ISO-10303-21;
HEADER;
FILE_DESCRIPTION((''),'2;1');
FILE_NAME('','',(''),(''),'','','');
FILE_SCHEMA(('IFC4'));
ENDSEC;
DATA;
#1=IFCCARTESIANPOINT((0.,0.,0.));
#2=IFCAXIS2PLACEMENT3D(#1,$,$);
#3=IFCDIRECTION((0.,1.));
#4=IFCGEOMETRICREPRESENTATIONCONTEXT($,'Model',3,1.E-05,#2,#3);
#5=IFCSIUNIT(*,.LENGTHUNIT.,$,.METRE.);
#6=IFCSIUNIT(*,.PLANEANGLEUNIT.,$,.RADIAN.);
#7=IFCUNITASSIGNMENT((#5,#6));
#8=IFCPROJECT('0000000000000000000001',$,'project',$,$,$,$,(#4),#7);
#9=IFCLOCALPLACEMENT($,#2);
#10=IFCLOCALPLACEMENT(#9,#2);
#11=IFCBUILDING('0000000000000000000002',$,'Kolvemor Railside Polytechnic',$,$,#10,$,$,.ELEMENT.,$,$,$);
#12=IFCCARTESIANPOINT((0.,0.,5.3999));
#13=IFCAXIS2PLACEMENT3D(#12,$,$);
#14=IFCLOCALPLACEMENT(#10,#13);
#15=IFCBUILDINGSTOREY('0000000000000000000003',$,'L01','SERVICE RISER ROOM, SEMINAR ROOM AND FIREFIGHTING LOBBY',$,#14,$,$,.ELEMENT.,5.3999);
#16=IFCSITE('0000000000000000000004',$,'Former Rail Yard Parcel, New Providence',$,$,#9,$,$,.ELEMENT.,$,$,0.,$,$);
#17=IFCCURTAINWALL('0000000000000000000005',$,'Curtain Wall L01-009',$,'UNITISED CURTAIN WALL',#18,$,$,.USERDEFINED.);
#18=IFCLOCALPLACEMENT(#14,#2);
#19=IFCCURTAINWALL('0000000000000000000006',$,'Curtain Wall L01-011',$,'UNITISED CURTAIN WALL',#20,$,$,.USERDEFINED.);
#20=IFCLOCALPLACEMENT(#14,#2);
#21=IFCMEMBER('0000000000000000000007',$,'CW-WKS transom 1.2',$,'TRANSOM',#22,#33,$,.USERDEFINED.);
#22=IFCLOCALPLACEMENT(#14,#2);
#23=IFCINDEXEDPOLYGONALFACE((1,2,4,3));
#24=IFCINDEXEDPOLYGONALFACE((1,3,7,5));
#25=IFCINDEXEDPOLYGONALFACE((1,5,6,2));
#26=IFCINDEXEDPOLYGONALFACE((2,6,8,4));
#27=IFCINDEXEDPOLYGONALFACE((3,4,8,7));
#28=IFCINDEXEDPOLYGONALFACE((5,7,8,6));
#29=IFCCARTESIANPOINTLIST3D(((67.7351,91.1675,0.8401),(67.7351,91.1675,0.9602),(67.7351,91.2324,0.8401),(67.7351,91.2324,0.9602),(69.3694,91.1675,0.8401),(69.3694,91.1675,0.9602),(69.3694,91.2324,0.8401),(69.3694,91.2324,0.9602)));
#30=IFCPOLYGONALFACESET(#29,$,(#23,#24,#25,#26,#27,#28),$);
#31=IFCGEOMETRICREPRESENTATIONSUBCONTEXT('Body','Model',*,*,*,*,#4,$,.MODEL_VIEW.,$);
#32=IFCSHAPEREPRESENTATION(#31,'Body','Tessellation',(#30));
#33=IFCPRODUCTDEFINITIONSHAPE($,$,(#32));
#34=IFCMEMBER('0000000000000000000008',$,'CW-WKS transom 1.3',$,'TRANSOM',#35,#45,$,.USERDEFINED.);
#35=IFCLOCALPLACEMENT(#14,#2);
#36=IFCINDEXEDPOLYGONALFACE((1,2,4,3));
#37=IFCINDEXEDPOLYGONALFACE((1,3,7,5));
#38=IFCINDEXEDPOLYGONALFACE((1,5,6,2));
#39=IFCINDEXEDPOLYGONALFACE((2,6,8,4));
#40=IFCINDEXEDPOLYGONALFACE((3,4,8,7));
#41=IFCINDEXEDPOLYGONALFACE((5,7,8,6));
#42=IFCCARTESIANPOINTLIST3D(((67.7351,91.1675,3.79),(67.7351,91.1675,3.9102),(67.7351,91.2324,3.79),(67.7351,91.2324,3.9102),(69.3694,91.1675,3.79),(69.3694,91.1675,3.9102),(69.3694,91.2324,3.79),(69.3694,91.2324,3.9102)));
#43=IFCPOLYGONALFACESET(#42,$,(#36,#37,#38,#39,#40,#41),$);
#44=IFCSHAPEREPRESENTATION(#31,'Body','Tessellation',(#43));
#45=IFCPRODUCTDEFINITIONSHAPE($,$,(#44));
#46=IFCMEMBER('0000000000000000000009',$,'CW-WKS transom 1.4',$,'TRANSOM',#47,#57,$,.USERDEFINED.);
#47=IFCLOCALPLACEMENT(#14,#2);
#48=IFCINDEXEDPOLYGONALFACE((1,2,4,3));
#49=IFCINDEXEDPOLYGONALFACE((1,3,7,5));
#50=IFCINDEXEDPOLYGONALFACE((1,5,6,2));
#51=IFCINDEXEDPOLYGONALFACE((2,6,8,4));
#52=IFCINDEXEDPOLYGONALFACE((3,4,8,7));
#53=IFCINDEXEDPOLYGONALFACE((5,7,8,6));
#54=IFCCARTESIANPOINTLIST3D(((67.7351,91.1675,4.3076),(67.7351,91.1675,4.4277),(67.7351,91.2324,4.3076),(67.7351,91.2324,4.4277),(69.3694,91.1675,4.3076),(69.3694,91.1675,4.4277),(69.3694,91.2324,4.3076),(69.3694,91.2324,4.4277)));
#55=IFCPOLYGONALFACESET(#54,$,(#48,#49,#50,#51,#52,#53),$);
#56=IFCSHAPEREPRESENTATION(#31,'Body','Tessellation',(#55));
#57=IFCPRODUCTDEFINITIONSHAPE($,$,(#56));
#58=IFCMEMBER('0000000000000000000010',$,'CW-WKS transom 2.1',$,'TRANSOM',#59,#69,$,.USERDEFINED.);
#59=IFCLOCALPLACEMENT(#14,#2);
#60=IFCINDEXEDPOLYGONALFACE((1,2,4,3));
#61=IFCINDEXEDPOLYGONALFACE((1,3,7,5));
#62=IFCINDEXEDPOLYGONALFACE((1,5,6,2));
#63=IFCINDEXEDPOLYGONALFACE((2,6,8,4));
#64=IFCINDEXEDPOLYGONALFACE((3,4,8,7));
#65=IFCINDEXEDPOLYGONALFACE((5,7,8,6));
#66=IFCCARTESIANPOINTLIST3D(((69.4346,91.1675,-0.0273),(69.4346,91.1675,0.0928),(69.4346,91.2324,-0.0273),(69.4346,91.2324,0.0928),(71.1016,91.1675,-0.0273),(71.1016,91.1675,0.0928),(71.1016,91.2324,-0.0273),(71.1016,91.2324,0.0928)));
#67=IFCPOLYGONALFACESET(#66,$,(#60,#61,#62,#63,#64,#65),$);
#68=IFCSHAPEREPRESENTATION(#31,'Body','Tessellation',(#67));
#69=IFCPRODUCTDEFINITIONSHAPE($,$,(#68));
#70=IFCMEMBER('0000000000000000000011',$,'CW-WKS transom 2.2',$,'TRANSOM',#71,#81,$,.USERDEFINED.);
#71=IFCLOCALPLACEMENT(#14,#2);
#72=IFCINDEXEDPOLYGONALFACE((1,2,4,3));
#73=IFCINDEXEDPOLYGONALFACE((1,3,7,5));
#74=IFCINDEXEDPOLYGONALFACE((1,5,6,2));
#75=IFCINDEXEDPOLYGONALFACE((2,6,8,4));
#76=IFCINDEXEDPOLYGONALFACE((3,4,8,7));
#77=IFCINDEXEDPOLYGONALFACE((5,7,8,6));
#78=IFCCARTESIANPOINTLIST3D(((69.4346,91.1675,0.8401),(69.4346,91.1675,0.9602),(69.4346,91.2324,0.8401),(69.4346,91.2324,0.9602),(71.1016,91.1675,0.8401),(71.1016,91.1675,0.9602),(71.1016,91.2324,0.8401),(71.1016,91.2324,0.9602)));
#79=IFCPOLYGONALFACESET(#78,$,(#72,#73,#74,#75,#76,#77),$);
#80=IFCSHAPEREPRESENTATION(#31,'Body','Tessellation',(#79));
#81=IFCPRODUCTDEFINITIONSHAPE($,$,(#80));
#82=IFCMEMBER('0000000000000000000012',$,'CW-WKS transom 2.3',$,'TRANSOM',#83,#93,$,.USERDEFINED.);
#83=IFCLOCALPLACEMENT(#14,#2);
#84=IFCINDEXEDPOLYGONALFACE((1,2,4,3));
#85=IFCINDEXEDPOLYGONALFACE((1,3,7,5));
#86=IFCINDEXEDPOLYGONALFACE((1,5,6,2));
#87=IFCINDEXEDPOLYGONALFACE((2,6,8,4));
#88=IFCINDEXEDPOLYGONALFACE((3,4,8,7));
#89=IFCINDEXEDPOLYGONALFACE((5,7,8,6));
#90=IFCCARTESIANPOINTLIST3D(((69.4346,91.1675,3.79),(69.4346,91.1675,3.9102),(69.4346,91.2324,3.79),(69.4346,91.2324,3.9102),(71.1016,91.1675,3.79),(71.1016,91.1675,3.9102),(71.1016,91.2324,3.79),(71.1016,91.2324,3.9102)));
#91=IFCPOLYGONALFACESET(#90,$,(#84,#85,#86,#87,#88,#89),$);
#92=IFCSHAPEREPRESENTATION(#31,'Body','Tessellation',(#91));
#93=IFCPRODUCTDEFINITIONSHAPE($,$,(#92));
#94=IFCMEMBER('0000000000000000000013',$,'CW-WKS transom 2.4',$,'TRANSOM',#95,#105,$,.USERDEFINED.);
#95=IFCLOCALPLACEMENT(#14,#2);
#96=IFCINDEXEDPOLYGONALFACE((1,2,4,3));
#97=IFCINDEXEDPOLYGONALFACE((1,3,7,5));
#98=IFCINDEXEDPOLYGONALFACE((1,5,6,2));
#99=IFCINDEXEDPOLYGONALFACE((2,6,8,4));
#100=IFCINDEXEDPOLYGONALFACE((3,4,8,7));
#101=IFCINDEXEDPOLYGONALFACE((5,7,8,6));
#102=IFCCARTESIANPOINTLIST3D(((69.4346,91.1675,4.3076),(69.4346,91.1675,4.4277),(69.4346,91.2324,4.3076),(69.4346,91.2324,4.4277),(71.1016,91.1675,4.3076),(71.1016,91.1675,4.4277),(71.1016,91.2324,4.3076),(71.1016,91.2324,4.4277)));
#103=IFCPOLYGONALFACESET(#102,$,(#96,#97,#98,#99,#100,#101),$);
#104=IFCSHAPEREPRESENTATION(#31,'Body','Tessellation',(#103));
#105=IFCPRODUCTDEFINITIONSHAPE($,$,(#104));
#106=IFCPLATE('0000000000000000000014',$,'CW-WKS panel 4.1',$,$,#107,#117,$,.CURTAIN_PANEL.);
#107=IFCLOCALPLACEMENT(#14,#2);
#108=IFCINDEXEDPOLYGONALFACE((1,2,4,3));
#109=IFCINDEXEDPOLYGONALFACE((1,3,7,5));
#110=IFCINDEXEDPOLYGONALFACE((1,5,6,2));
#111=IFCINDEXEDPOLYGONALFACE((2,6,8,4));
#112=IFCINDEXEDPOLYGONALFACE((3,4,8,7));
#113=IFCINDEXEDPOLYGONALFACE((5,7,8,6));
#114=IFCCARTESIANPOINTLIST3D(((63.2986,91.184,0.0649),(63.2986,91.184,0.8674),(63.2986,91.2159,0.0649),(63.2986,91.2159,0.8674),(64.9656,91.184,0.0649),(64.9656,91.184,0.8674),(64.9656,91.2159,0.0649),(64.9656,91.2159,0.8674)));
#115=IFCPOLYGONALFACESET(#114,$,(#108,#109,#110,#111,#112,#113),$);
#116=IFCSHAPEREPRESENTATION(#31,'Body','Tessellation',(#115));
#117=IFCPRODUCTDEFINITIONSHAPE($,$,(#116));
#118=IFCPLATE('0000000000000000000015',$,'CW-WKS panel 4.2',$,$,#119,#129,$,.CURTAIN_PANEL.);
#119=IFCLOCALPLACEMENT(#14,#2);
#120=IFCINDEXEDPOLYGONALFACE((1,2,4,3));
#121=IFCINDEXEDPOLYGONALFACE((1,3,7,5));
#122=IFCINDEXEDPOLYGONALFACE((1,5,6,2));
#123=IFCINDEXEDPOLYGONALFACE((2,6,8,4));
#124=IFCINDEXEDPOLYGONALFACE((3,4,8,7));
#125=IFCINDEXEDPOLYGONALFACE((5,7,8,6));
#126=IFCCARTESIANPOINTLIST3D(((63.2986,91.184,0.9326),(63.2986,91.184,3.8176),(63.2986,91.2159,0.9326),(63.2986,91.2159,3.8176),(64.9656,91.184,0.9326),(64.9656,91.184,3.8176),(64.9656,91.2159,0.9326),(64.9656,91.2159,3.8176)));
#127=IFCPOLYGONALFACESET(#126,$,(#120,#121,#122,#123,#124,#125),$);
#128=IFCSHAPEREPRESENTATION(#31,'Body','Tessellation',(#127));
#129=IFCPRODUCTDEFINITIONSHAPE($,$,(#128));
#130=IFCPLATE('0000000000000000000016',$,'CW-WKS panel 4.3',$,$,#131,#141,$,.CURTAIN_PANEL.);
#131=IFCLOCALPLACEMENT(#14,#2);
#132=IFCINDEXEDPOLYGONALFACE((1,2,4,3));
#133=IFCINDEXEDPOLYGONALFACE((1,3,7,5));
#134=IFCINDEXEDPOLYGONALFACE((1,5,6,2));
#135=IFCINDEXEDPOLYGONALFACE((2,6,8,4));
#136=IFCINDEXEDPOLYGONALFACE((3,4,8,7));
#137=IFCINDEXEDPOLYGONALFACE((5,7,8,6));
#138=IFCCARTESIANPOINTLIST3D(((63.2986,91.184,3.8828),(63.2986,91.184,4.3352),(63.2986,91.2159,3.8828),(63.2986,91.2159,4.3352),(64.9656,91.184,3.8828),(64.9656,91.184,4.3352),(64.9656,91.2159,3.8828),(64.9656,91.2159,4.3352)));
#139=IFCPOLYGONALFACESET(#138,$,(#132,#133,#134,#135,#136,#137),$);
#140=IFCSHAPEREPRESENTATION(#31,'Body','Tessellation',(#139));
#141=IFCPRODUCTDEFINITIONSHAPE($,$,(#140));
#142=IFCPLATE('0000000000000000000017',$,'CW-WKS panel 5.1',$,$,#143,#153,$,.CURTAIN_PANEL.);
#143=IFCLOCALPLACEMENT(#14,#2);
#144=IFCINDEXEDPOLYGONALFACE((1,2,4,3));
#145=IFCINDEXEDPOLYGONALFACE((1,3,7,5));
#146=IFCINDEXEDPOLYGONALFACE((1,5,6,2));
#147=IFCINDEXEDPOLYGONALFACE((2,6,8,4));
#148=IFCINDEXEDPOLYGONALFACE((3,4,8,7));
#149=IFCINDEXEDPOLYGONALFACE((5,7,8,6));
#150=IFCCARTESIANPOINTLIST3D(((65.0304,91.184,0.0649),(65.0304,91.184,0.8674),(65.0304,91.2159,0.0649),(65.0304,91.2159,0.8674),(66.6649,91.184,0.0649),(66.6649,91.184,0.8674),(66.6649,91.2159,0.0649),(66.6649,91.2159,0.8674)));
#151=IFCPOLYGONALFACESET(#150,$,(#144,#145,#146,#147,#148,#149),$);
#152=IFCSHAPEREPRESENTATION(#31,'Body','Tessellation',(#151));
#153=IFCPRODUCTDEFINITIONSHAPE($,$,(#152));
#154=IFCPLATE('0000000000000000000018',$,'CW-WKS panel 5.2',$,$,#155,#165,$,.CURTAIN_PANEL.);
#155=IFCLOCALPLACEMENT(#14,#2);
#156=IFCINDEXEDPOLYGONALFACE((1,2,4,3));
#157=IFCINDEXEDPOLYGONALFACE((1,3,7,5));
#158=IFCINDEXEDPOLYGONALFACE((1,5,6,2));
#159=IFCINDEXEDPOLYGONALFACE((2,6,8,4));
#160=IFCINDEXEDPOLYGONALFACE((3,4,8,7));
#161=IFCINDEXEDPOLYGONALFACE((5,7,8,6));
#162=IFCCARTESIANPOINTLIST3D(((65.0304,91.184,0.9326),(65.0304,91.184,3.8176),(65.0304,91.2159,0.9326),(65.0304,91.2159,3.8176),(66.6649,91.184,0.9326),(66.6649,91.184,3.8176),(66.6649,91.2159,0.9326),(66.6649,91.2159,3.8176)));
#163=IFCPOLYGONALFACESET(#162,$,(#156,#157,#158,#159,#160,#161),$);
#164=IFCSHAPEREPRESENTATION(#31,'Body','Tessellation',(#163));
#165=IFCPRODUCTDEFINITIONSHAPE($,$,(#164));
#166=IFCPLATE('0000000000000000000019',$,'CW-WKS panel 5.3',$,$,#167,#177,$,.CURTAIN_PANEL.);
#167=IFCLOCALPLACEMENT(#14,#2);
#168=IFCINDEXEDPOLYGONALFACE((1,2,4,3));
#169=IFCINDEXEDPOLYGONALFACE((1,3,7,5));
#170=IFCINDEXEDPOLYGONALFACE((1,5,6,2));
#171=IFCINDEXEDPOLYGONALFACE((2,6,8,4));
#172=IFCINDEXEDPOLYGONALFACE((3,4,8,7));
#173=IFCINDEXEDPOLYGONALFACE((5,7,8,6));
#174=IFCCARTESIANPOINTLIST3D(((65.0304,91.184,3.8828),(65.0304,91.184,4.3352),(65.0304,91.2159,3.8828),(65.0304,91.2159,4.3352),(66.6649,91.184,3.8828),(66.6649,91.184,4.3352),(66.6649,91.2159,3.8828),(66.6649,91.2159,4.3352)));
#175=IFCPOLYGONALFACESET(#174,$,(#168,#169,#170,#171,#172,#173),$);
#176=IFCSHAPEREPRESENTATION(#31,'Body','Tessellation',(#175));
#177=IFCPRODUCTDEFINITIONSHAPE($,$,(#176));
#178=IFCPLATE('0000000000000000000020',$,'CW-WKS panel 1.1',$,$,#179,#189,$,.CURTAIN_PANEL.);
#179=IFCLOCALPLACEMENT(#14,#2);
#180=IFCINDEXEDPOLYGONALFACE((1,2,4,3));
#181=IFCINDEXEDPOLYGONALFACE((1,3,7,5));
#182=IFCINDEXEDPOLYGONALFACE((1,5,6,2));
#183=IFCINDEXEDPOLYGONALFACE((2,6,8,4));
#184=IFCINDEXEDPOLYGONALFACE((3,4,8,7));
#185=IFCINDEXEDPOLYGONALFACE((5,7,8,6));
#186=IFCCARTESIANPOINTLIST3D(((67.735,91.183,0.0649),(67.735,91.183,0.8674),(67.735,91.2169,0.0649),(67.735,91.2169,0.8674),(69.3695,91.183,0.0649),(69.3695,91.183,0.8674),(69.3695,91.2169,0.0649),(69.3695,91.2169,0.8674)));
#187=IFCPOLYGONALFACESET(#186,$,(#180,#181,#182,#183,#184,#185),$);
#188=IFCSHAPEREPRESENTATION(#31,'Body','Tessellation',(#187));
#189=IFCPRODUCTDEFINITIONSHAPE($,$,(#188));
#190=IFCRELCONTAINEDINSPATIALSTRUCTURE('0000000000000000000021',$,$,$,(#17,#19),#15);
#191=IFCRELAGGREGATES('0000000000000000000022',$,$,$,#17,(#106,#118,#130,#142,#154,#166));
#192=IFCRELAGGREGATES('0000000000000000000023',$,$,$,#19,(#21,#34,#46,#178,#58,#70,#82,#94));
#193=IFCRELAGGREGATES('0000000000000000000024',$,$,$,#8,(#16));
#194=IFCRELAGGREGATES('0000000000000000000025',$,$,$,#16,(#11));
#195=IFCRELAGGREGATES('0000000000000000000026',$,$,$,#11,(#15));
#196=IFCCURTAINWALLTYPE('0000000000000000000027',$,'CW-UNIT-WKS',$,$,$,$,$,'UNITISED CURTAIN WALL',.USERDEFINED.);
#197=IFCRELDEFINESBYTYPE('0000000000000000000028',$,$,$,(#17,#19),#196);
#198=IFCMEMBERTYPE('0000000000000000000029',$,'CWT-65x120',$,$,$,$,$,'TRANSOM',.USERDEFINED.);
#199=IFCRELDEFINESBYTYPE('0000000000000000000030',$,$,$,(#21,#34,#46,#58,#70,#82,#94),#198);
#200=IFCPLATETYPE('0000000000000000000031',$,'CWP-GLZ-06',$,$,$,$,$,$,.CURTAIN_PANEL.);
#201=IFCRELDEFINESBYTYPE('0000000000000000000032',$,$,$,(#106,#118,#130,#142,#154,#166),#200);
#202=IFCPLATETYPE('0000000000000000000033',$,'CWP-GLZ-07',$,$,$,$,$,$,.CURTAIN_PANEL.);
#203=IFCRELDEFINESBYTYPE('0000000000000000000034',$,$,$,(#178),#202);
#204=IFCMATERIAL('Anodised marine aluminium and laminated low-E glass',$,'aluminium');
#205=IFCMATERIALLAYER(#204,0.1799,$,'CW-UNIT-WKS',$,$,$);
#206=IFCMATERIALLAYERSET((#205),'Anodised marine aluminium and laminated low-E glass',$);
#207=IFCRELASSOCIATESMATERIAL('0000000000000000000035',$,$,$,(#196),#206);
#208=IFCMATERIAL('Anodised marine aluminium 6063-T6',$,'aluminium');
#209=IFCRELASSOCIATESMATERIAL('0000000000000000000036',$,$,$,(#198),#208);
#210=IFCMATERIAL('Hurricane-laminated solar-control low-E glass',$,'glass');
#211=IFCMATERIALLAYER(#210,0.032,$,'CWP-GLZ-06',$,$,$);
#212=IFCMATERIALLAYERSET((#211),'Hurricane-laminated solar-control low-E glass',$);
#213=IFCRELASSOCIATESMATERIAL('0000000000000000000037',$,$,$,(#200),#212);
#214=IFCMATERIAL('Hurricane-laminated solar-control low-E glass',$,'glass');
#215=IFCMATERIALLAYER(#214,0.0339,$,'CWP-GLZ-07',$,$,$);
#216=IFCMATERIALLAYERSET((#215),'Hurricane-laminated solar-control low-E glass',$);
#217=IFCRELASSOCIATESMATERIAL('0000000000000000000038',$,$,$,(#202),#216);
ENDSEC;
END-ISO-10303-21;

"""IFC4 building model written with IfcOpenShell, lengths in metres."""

from ifc_helpers import new_model, si_unit, direction, frame, origin, origin_2d, place, context, subcontext, project, spatial, rectangle, extrude, material, layer, layer_set, material_profile, profile_set, type_object, element, aggregate, save


model = new_model("IFC4")

# Units and contexts
model_context = context("Model", 3, precision=1e-05, world=origin(), true_north=direction((0.0, 1.0)))
body_context = subcontext(model_context, "Body", "Model", "MODEL_VIEW")
ifc_project = project(units=[si_unit("LENGTHUNIT", "METRE"), si_unit("PLANEANGLEUNIT", "RADIAN")], contexts=[model_context])

# Site, building, storey
site_placement = place(None, origin())
site = spatial("IfcSite", under=ifc_project, at=site_placement, Name="Former Rail Yard Parcel, New Providence", CompositionType="ELEMENT", RefElevation=0.0)
building_placement = place(site_placement, origin())
building = spatial("IfcBuilding", under=site, at=building_placement, Name="Kolvemor Railside Polytechnic", CompositionType="ELEMENT")
storey_placement = place(building_placement, frame((0.0, 0.0, 5.3999)))
storey = spatial("IfcBuildingStorey", under=building, at=storey_placement, Name="L01", Description="SERVICE RISER ROOM, SEMINAR ROOM AND FIREFIGHTING LOBBY", CompositionType="ELEMENT", Elevation=5.3999)

# Curtain walls
ifc_material_1 = material(Name="Anodised marine aluminium and laminated low-E glass", Category="aluminium")
ifc_layer_1 = layer(ifc_material_1, 0.1799, Name="CW-UNIT-WKS")
ifc_layer_set_1 = layer_set([ifc_layer_1], Name="Anodised marine aluminium and laminated low-E glass")
curtain_wall_type = type_object("IfcCurtainWallType", Name="CW-UNIT-WKS", ElementType="UNITISED CURTAIN WALL", PredefinedType="USERDEFINED", material=ifc_layer_set_1)
curtain_wall_1_placement = place(storey_placement, origin())
curtain_wall_1 = element("IfcCurtainWall", 1, at=curtain_wall_1_placement, inside=storey, type_object=curtain_wall_type, Name="Curtain Wall L01-009", ObjectType="UNITISED CURTAIN WALL", PredefinedType="USERDEFINED")
curtain_wall_2_placement = place(storey_placement, origin())
curtain_wall_2 = element("IfcCurtainWall", 2, at=curtain_wall_2_placement, inside=storey, type_object=curtain_wall_type, Name="Curtain Wall L01-011", ObjectType="UNITISED CURTAIN WALL", PredefinedType="USERDEFINED")

# Members
ifc_material_2 = material(Name="Anodised marine aluminium 6063-T6", Category="aluminium")
ifc_material_profile_1 = material_profile(ifc_material_2, rectangle(XDim=0.0649, YDim=0.1201, at=origin_2d()), Name="CW-TRN-65x120")
ifc_profile_set_1 = profile_set([ifc_material_profile_1], Name="Anodised marine aluminium 6063-T6")
member_type_1 = type_object("IfcMemberType", Name="CWT-65x120", ElementType="TRANSOM", PredefinedType="USERDEFINED", material=ifc_profile_set_1)
member_1_placement = place(storey_placement, frame((67.7351, 91.2, 0.9001), z_axis=(1.0, 0.0, 0.0), x_axis=(0.0, 1.0, 0.0)))
member_1 = element("IfcMember", 3, at=member_1_placement, type_object=member_type_1, Name="CW-WKS transom 1.2", ObjectType="TRANSOM", PredefinedType="USERDEFINED", context=body_context, shape_type="SweptSolid", body=[
    extrude(rectangle(XDim=0.0649, YDim=0.1201, at=origin_2d()), origin(), (0.0, 0.0, 1.0), 1.6343),
])
member_2_placement = place(storey_placement, frame((67.7351, 91.2, 3.8501), z_axis=(1.0, 0.0, 0.0), x_axis=(0.0, 1.0, 0.0)))
member_2 = element("IfcMember", 4, at=member_2_placement, type_object=member_type_1, Name="CW-WKS transom 1.3", ObjectType="TRANSOM", PredefinedType="USERDEFINED", context=body_context, shape_type="SweptSolid", body=[
    extrude(rectangle(XDim=0.0649, YDim=0.1201, at=origin_2d()), origin(), (0.0, 0.0, 1.0), 1.6343),
])
member_3_placement = place(storey_placement, frame((67.7351, 91.2, 4.3677), z_axis=(1.0, 0.0, 0.0), x_axis=(0.0, 1.0, 0.0)))
member_3 = element("IfcMember", 5, at=member_3_placement, type_object=member_type_1, Name="CW-WKS transom 1.4", ObjectType="TRANSOM", PredefinedType="USERDEFINED", context=body_context, shape_type="SweptSolid", body=[
    extrude(rectangle(XDim=0.0649, YDim=0.1201, at=origin_2d()), origin(), (0.0, 0.0, 1.0), 1.6343),
])
member_4_placement = place(storey_placement, frame((69.4346, 91.2, 0.0327), z_axis=(1.0, 0.0, 0.0), x_axis=(0.0, 1.0, 0.0)))
member_4 = element("IfcMember", 6, at=member_4_placement, type_object=member_type_1, Name="CW-WKS transom 2.1", ObjectType="TRANSOM", PredefinedType="USERDEFINED", context=body_context, shape_type="SweptSolid", body=[
    extrude(rectangle(XDim=0.0649, YDim=0.1201, at=origin_2d()), origin(), (0.0, 0.0, 1.0), 1.667),
])
member_5_placement = place(storey_placement, frame((69.4346, 91.2, 0.9001), z_axis=(1.0, 0.0, 0.0), x_axis=(0.0, 1.0, 0.0)))
member_5 = element("IfcMember", 7, at=member_5_placement, type_object=member_type_1, Name="CW-WKS transom 2.2", ObjectType="TRANSOM", PredefinedType="USERDEFINED", context=body_context, shape_type="SweptSolid", body=[
    extrude(rectangle(XDim=0.0649, YDim=0.1201, at=origin_2d()), origin(), (0.0, 0.0, 1.0), 1.667),
])
member_6_placement = place(storey_placement, frame((69.4346, 91.2, 3.8501), z_axis=(1.0, 0.0, 0.0), x_axis=(0.0, 1.0, 0.0)))
member_6 = element("IfcMember", 8, at=member_6_placement, type_object=member_type_1, Name="CW-WKS transom 2.3", ObjectType="TRANSOM", PredefinedType="USERDEFINED", context=body_context, shape_type="SweptSolid", body=[
    extrude(rectangle(XDim=0.0649, YDim=0.1201, at=origin_2d()), origin(), (0.0, 0.0, 1.0), 1.667),
])
member_7_placement = place(storey_placement, frame((69.4346, 91.2, 4.3677), z_axis=(1.0, 0.0, 0.0), x_axis=(0.0, 1.0, 0.0)))
member_7 = element("IfcMember", 9, at=member_7_placement, type_object=member_type_1, Name="CW-WKS transom 2.4", ObjectType="TRANSOM", PredefinedType="USERDEFINED", context=body_context, shape_type="SweptSolid", body=[
    extrude(rectangle(XDim=0.0649, YDim=0.1201, at=origin_2d()), origin(), (0.0, 0.0, 1.0), 1.667),
])

# Plates
ifc_material_3 = material(Name="Hurricane-laminated solar-control low-E glass", Category="glass")
ifc_layer_2 = layer(ifc_material_3, 0.032, Name="CWP-GLZ-06")
ifc_layer_set_2 = layer_set([ifc_layer_2], Name="Hurricane-laminated solar-control low-E glass")
plate_type_1 = type_object("IfcPlateType", Name="CWP-GLZ-06", PredefinedType="CURTAIN_PANEL", material=ifc_layer_set_2)
plate_1_placement = place(storey_placement, frame((64.1321, 91.2, 0.0649), z_axis=(0.0, 0.0, 1.0), x_axis=(1.0, 0.0, 0.0)))
plate_1 = element("IfcPlate", 10, at=plate_1_placement, type_object=plate_type_1, Name="CW-WKS panel 4.1", PredefinedType="CURTAIN_PANEL", context=body_context, shape_type="SweptSolid", body=[
    extrude(rectangle(XDim=1.667, YDim=0.032, at=origin_2d()), origin(), (0.0, 0.0, 1.0), 0.8025),
])
plate_2_placement = place(storey_placement, frame((64.1321, 91.2, 0.9326), z_axis=(0.0, 0.0, 1.0), x_axis=(1.0, 0.0, 0.0)))
plate_2 = element("IfcPlate", 11, at=plate_2_placement, type_object=plate_type_1, Name="CW-WKS panel 4.2", PredefinedType="CURTAIN_PANEL", context=body_context, shape_type="SweptSolid", body=[
    extrude(rectangle(XDim=1.667, YDim=0.032, at=origin_2d()), origin(), (0.0, 0.0, 1.0), 2.885),
])
plate_3_placement = place(storey_placement, frame((64.1321, 91.2, 3.8828), z_axis=(0.0, 0.0, 1.0), x_axis=(1.0, 0.0, 0.0)))
plate_3 = element("IfcPlate", 12, at=plate_3_placement, type_object=plate_type_1, Name="CW-WKS panel 4.3", PredefinedType="CURTAIN_PANEL", context=body_context, shape_type="SweptSolid", body=[
    extrude(rectangle(XDim=1.667, YDim=0.032, at=origin_2d()), origin(), (0.0, 0.0, 1.0), 0.4524),
])
plate_4_placement = place(storey_placement, frame((65.8477, 91.2, 0.0649), z_axis=(0.0, 0.0, 1.0), x_axis=(1.0, 0.0, 0.0)))
plate_4 = element("IfcPlate", 13, at=plate_4_placement, type_object=plate_type_1, Name="CW-WKS panel 5.1", PredefinedType="CURTAIN_PANEL", context=body_context, shape_type="SweptSolid", body=[
    extrude(rectangle(XDim=1.6345, YDim=0.032, at=origin_2d()), origin(), (0.0, 0.0, 1.0), 0.8025),
])
plate_5_placement = place(storey_placement, frame((65.8477, 91.2, 0.9326), z_axis=(0.0, 0.0, 1.0), x_axis=(1.0, 0.0, 0.0)))
plate_5 = element("IfcPlate", 14, at=plate_5_placement, type_object=plate_type_1, Name="CW-WKS panel 5.2", PredefinedType="CURTAIN_PANEL", context=body_context, shape_type="SweptSolid", body=[
    extrude(rectangle(XDim=1.6345, YDim=0.032, at=origin_2d()), origin(), (0.0, 0.0, 1.0), 2.885),
])
plate_6_placement = place(storey_placement, frame((65.8477, 91.2, 3.8828), z_axis=(0.0, 0.0, 1.0), x_axis=(1.0, 0.0, 0.0)))
plate_6 = element("IfcPlate", 15, at=plate_6_placement, type_object=plate_type_1, Name="CW-WKS panel 5.3", PredefinedType="CURTAIN_PANEL", context=body_context, shape_type="SweptSolid", body=[
    extrude(rectangle(XDim=1.6345, YDim=0.032, at=origin_2d()), origin(), (0.0, 0.0, 1.0), 0.4524),
])
aggregate(curtain_wall_1, [plate_1, plate_2, plate_3, plate_4, plate_5, plate_6])
ifc_material_4 = material(Name="Hurricane-laminated solar-control low-E glass", Category="glass")
ifc_layer_3 = layer(ifc_material_4, 0.0339, Name="CWP-GLZ-07")
ifc_layer_set_3 = layer_set([ifc_layer_3], Name="Hurricane-laminated solar-control low-E glass")
plate_type_2 = type_object("IfcPlateType", Name="CWP-GLZ-07", PredefinedType="CURTAIN_PANEL", material=ifc_layer_set_3)
plate_7_placement = place(storey_placement, frame((68.5522, 91.2, 0.0649), z_axis=(0.0, 0.0, 1.0), x_axis=(1.0, 0.0, 0.0)))
plate_7 = element("IfcPlate", 16, at=plate_7_placement, type_object=plate_type_2, Name="CW-WKS panel 1.1", PredefinedType="CURTAIN_PANEL", context=body_context, shape_type="SweptSolid", body=[
    extrude(rectangle(XDim=1.6345, YDim=0.0339, at=origin_2d()), origin(), (0.0, 0.0, 1.0), 0.8025),
])
aggregate(curtain_wall_2, [member_1, member_2, member_3, plate_7, member_4, member_5, member_6, member_7])

save(model, "model.ifc")
